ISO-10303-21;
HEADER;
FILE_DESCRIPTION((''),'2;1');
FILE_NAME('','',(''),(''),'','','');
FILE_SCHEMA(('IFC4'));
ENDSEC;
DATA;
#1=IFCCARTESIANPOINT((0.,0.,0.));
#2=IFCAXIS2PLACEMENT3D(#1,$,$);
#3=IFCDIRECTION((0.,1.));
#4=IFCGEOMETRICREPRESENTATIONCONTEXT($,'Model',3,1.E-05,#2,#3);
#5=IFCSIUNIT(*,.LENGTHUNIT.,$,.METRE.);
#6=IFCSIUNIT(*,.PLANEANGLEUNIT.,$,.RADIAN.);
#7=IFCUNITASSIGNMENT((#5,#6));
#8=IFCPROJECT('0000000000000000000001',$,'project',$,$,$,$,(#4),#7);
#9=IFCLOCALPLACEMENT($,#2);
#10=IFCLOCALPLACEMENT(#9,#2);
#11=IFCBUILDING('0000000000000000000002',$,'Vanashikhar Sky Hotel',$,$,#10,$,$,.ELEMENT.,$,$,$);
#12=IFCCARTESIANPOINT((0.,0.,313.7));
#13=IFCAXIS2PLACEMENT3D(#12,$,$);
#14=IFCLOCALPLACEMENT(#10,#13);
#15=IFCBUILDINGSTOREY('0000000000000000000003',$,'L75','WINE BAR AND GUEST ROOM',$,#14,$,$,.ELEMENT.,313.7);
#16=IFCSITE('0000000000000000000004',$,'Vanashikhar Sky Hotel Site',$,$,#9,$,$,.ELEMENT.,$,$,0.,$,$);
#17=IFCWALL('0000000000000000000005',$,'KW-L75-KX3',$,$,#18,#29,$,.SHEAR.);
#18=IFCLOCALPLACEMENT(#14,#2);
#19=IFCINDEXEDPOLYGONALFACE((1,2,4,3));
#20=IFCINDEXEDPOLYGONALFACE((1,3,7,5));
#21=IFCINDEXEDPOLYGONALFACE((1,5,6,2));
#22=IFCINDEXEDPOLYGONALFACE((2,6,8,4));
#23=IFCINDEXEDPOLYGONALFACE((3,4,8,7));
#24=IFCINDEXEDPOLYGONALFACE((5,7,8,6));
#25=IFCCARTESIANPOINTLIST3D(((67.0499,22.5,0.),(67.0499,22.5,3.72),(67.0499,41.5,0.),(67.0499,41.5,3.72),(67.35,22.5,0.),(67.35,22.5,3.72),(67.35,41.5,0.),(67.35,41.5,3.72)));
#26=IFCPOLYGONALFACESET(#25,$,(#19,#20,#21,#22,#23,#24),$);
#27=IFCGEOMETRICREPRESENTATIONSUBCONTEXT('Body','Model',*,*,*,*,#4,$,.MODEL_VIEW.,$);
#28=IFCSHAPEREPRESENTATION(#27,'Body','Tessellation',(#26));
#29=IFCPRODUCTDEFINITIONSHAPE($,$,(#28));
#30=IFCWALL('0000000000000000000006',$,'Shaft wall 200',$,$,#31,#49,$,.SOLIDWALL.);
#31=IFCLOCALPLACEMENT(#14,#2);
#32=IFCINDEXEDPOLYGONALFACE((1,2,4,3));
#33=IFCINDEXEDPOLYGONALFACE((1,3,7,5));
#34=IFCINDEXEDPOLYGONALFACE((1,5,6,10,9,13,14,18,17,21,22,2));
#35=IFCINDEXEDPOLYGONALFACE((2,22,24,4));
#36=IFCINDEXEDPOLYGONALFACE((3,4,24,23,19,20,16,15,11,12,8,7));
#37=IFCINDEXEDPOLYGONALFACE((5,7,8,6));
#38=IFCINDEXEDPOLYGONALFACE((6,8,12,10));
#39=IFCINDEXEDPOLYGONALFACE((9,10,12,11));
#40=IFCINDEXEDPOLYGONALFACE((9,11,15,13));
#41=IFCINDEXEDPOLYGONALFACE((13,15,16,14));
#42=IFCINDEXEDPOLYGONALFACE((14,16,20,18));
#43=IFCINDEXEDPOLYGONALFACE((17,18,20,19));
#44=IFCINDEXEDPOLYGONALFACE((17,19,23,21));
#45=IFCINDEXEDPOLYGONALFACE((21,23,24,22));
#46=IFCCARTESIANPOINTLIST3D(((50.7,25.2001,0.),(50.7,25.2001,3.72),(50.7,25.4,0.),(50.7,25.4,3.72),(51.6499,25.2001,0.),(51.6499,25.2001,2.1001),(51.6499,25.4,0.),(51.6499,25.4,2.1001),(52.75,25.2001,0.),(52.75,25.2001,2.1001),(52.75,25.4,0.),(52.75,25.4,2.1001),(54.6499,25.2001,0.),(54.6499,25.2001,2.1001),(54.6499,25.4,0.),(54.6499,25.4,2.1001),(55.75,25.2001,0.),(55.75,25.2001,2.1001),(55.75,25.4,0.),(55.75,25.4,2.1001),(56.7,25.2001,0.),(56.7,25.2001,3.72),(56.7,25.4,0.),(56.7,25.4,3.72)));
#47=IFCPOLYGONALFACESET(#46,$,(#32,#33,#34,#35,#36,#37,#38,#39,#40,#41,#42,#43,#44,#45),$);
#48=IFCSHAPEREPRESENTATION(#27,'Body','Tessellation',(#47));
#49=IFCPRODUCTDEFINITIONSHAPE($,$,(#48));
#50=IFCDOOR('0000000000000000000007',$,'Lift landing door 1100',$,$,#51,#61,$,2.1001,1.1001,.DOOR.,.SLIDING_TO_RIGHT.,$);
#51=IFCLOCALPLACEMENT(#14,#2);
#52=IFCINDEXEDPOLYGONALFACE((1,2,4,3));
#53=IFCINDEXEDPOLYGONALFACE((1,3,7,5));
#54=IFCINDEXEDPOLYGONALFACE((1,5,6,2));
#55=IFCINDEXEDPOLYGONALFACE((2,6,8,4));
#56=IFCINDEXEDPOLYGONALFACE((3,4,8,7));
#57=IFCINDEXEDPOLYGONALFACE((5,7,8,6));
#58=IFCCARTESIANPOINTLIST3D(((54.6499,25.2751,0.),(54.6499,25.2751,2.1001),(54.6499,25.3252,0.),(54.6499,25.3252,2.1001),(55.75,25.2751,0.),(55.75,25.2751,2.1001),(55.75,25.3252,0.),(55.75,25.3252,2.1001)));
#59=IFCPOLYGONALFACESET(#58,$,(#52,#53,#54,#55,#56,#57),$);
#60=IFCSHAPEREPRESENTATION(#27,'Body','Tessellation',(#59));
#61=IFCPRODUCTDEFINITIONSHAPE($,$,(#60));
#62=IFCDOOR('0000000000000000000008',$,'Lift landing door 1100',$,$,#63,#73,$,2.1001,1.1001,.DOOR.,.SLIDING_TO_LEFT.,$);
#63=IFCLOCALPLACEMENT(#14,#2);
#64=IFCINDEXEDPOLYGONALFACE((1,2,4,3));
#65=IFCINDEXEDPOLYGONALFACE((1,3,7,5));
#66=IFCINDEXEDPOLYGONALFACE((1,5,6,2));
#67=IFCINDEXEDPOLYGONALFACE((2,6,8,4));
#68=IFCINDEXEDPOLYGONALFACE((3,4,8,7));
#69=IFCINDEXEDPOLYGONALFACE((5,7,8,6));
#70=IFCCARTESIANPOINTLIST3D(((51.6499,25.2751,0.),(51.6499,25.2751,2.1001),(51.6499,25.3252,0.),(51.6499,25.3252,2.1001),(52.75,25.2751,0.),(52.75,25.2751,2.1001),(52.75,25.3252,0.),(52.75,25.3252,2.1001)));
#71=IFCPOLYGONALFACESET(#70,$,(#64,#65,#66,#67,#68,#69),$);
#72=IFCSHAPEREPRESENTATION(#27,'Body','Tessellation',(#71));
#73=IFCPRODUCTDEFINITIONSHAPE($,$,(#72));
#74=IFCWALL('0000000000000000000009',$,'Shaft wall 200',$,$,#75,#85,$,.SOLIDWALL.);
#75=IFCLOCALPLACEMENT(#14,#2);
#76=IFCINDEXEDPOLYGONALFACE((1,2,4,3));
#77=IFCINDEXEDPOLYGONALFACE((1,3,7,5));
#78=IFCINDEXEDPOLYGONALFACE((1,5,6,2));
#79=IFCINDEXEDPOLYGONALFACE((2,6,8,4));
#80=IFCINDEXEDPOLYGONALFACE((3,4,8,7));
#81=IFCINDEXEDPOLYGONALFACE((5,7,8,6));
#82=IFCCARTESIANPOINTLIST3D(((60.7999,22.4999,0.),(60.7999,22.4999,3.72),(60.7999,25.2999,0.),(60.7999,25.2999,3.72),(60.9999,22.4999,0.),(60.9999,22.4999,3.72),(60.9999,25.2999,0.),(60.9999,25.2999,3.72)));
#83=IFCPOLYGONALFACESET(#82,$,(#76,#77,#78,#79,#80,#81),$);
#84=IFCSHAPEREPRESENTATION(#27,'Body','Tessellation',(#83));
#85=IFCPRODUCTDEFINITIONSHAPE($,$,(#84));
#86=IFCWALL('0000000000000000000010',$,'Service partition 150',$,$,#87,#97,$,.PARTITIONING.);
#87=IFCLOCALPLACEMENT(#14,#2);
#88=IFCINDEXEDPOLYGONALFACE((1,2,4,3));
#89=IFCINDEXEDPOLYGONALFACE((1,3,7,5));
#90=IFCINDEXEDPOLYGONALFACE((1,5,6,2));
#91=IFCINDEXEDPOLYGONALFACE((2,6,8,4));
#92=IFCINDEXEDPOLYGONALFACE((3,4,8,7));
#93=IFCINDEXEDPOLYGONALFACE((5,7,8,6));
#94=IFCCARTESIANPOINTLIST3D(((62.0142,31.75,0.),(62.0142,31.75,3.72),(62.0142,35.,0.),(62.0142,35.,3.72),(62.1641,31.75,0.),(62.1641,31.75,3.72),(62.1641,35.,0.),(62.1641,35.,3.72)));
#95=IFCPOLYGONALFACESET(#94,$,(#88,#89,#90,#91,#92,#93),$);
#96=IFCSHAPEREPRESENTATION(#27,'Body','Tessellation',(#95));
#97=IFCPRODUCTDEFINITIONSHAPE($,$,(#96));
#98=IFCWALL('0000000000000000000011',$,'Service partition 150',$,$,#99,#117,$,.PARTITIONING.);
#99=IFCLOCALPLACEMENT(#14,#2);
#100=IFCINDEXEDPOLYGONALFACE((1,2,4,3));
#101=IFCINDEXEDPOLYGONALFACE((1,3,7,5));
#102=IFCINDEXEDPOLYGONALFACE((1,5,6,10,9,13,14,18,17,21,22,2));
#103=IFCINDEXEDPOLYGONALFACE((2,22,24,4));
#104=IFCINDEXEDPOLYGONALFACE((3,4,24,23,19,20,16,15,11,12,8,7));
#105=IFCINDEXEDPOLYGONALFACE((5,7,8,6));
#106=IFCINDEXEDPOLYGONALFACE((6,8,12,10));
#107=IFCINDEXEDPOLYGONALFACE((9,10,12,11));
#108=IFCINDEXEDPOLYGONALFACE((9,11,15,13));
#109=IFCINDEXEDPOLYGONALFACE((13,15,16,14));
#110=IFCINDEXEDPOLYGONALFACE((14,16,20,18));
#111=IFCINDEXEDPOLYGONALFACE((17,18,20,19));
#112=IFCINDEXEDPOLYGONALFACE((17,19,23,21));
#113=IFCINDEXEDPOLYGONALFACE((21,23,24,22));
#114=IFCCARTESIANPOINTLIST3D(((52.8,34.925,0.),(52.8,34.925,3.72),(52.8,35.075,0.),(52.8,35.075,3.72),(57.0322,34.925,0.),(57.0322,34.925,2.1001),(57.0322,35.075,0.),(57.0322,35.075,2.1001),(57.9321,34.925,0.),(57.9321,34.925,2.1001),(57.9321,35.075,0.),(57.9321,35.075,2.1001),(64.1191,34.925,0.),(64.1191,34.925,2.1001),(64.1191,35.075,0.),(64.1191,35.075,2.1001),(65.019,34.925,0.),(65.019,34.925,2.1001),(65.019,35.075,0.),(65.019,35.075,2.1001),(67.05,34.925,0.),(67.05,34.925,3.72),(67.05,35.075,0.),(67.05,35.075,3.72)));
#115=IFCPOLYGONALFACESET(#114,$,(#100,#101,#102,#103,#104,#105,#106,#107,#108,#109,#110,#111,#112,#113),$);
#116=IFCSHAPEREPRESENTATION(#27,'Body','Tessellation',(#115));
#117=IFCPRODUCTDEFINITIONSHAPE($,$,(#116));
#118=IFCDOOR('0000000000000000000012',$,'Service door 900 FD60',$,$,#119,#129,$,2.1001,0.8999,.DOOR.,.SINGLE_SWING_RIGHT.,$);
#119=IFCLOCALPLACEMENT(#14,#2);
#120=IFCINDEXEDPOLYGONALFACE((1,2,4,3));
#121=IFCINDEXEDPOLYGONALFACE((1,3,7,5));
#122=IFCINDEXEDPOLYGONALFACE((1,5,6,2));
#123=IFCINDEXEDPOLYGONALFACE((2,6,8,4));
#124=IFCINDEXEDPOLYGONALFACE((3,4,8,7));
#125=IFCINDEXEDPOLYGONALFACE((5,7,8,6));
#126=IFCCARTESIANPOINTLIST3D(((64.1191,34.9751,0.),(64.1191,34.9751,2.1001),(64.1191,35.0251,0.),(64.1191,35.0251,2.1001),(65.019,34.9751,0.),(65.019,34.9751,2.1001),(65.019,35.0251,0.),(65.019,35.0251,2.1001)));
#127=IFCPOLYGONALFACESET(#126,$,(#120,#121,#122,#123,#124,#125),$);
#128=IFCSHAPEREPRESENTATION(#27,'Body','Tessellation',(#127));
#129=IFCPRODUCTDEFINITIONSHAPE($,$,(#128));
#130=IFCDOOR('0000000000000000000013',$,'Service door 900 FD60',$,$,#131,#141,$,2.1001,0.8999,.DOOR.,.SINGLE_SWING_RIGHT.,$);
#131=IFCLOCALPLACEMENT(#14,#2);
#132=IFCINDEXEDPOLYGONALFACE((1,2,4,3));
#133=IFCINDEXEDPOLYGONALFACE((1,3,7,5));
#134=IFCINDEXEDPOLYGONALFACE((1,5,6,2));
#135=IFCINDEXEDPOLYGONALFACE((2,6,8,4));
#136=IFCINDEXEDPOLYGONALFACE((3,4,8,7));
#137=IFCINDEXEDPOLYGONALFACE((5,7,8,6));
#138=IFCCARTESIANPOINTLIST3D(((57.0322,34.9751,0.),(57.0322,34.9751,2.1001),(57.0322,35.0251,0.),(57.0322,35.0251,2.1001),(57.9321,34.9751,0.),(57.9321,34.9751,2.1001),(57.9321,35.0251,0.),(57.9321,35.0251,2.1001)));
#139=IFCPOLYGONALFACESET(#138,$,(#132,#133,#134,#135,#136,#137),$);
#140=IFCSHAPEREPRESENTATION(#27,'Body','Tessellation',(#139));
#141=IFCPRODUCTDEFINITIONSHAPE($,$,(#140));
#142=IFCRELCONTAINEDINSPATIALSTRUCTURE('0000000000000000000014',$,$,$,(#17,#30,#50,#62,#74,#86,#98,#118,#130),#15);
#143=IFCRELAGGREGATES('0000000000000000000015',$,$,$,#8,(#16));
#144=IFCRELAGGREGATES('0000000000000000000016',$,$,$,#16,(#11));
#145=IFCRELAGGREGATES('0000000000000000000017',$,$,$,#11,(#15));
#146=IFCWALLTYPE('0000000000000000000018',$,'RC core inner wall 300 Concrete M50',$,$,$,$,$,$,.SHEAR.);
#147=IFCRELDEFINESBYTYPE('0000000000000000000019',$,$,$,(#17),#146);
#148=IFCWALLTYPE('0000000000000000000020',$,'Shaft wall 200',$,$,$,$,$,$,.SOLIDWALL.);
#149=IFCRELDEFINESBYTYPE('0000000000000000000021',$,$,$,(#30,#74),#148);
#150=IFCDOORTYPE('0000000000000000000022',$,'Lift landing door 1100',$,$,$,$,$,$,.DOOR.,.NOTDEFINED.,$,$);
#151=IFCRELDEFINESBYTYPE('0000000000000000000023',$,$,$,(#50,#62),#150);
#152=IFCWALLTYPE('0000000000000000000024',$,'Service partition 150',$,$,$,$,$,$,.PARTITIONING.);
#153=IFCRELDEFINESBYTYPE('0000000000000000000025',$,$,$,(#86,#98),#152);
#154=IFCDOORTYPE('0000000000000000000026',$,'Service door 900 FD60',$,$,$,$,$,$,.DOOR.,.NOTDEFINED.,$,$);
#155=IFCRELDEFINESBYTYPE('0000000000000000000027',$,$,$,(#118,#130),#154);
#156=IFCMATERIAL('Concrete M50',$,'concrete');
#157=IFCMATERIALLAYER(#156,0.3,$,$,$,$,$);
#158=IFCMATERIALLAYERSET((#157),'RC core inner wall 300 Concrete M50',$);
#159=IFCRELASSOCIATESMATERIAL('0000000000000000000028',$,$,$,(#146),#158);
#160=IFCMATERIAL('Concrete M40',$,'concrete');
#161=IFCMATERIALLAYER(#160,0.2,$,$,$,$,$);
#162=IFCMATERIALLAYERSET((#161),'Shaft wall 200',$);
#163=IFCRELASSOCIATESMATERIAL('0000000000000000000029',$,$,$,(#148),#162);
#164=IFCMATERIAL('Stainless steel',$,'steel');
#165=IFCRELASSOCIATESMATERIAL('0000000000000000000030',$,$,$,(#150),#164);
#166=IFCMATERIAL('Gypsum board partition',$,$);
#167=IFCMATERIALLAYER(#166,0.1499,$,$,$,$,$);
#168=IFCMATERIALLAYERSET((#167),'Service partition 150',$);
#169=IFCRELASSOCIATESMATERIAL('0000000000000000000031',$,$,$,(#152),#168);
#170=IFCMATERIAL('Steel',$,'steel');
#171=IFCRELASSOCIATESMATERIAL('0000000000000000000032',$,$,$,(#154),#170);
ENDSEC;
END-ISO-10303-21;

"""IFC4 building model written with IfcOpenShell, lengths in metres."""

from ifc_helpers import new_model, si_unit, direction, frame, frame_2d, origin, place, context, subcontext, project, spatial, rectangle, extrude, source, transform, mapped, material, layer, layer_set, type_object, element, fill, save


model = new_model("IFC4")

# Units and contexts
model_context = context("Model", 3, precision=1e-05, world=origin(), true_north=direction((0.0, 1.0)))
body_context = subcontext(model_context, "Body", "Model", "MODEL_VIEW")
ifc_project = project(units=[si_unit("LENGTHUNIT", "METRE"), si_unit("PLANEANGLEUNIT", "RADIAN")], contexts=[model_context])

# Site, building, storey
site_placement = place(None, origin())
site = spatial("IfcSite", under=ifc_project, at=site_placement, Name="Vanashikhar Sky Hotel Site", CompositionType="ELEMENT", RefElevation=0.0)
building_placement = place(site_placement, origin())
building = spatial("IfcBuilding", under=site, at=building_placement, Name="Vanashikhar Sky Hotel", CompositionType="ELEMENT")
storey_placement = place(building_placement, frame((0.0, 0.0, 313.7)))
storey = spatial("IfcBuildingStorey", under=building, at=storey_placement, Name="L75", Description="WINE BAR AND GUEST ROOM", CompositionType="ELEMENT", Elevation=313.7)

# Wall
ifc_material_1 = material(Name="Concrete M50", Category="concrete")
ifc_layer_1 = layer(ifc_material_1, 0.3)
ifc_layer_set_1 = layer_set([ifc_layer_1], Name="RC core inner wall 300 Concrete M50")
wall_type_1 = type_object("IfcWallType", Name="RC core inner wall 300 Concrete M50", PredefinedType="SHEAR", material=ifc_layer_set_1)
shared_shape_1 = source(origin(), body_context, "Body", "SweptSolid", [
    extrude(rectangle(XDim=19.0, YDim=0.3, at=frame_2d((9.5, 0.0))), origin(), (0.0, 0.0, 1.0), 3.72),
])
wall_1_placement = place(storey_placement, frame((67.2, 22.5, 0.0), z_axis=(0.0, 0.0, 1.0), x_axis=(0.0, 1.0, 0.0)))
element("IfcWall", 1, at=wall_1_placement, inside=storey, type_object=wall_type_1, Name="KW-L75-KX3", PredefinedType="SHEAR", context=body_context, shape_type="MappedRepresentation", body=[
    mapped(shared_shape_1, transform((0.0, 0.0, 0.0), scale=1.0)),
])

# Wall, openings, doors
ifc_material_2 = material(Name="Concrete M40", Category="concrete")
ifc_layer_2 = layer(ifc_material_2, 0.2)
ifc_layer_set_2 = layer_set([ifc_layer_2], Name="Shaft wall 200")
wall_type_2 = type_object("IfcWallType", Name="Shaft wall 200", PredefinedType="SOLIDWALL", material=ifc_layer_set_2)
shared_shape_2 = source(origin(), body_context, "Body", "SweptSolid", [
    extrude(rectangle(XDim=6.0, YDim=0.2, at=frame_2d((3.0, 0.0))), origin(), (0.0, 0.0, 1.0), 3.72),
])
wall_2_placement = place(storey_placement, frame((56.7, 25.3, 0.0), z_axis=(0.0, 0.0, 1.0), x_axis=(-1.0, 0.0, 0.0)))
wall_2 = element("IfcWall", 2, at=wall_2_placement, inside=storey, type_object=wall_type_2, Name="Shaft wall 200", PredefinedType="SOLIDWALL", context=body_context, shape_type="MappedRepresentation", body=[
    mapped(shared_shape_2, transform((0.0, 0.0, 0.0), scale=1.0)),
])
shared_shape_3 = source(origin(), body_context, "Body", "SweptSolid", [
    extrude(rectangle(XDim=1.1001, YDim=2.1001, at=frame_2d((0.55, 1.05))), frame((0.0, 0.1099, 0.0), z_axis=(0.0, -1.0, 0.0), x_axis=(1.0, 0.0, 0.0)), (0.0, 0.0, 1.0), 0.22),
])
opening_1_placement = place(wall_2_placement, frame((0.95, 0.0, 0.0)))
opening_1 = element("IfcOpeningElement", 3, at=opening_1_placement, cuts=wall_2, PredefinedType="OPENING", context=body_context, shape_type="MappedRepresentation", body=[
    mapped(shared_shape_3, transform((0.0, 0.0, 0.0), scale=1.0)),
])
opening_2_placement = place(wall_2_placement, frame((3.95, 0.0, 0.0)))
opening_2 = element("IfcOpeningElement", 4, at=opening_2_placement, cuts=wall_2, PredefinedType="OPENING", context=body_context, shape_type="MappedRepresentation", body=[
    mapped(shared_shape_3, transform((0.0, 0.0, 0.0), scale=1.0)),
])
ifc_material_3 = material(Name="Stainless steel", Category="steel")
door_type_1 = type_object("IfcDoorType", Name="Lift landing door 1100", OperationType="NOTDEFINED", PredefinedType="DOOR", material=ifc_material_3)
shared_shape_4 = source(origin(), body_context, "Body", "SweptSolid", [
    extrude(rectangle(XDim=1.1001, YDim=2.1001, at=frame_2d((0.55, 1.05))), frame((0.0, 0.0249, 0.0), z_axis=(0.0, -1.0, 0.0), x_axis=(1.0, 0.0, 0.0)), (0.0, 0.0, 1.0), 0.05),
])
door_1_placement = place(opening_1_placement, origin())
door_1 = element("IfcDoor", 5, at=door_1_placement, inside=storey, type_object=door_type_1, Name="Lift landing door 1100", OperationType="SLIDING_TO_RIGHT", OverallHeight=2.1001, OverallWidth=1.1001, PredefinedType="DOOR", context=body_context, shape_type="MappedRepresentation", body=[
    mapped(shared_shape_4, transform((0.0, 0.0, 0.0), scale=1.0)),
])
fill(opening_1, door_1)
door_2_placement = place(opening_2_placement, origin())
door_2 = element("IfcDoor", 6, at=door_2_placement, inside=storey, type_object=door_type_1, Name="Lift landing door 1100", OperationType="SLIDING_TO_LEFT", OverallHeight=2.1001, OverallWidth=1.1001, PredefinedType="DOOR", context=body_context, shape_type="MappedRepresentation", body=[
    mapped(shared_shape_4, transform((0.0, 0.0, 0.0), scale=1.0)),
])
fill(opening_2, door_2)

# Walls
shared_shape_5 = source(origin(), body_context, "Body", "SweptSolid", [
    extrude(rectangle(XDim=2.8, YDim=0.2, at=frame_2d((1.3999, 0.0))), origin(), (0.0, 0.0, 1.0), 3.72),
])
wall_3_placement = place(storey_placement, frame((60.8999, 22.5, 0.0), z_axis=(0.0, 0.0, 1.0), x_axis=(0.0, 1.0, 0.0)))
element("IfcWall", 7, at=wall_3_placement, inside=storey, type_object=wall_type_2, Name="Shaft wall 200", PredefinedType="SOLIDWALL", context=body_context, shape_type="MappedRepresentation", body=[
    mapped(shared_shape_5, transform((0.0, 0.0, 0.0), scale=1.0)),
])
ifc_material_4 = material(Name="Gypsum board partition")
ifc_layer_3 = layer(ifc_material_4, 0.1499)
ifc_layer_set_3 = layer_set([ifc_layer_3], Name="Service partition 150")
wall_type_3 = type_object("IfcWallType", Name="Service partition 150", PredefinedType="PARTITIONING", material=ifc_layer_set_3)
shared_shape_6 = source(origin(), body_context, "Body", "SweptSolid", [
    extrude(rectangle(XDim=3.25, YDim=0.1499, at=frame_2d((1.625, 0.0))), origin(), (0.0, 0.0, 1.0), 3.72),
])
wall_4_placement = place(storey_placement, frame((62.0891, 31.75, 0.0), z_axis=(0.0, 0.0, 1.0), x_axis=(0.0, 1.0, 0.0)))
element("IfcWall", 8, at=wall_4_placement, inside=storey, type_object=wall_type_3, Name="Service partition 150", PredefinedType="PARTITIONING", context=body_context, shape_type="MappedRepresentation", body=[
    mapped(shared_shape_6, transform((0.0, 0.0, 0.0), scale=1.0)),
])

# Wall, openings, doors
shared_shape_7 = source(origin(), body_context, "Body", "SweptSolid", [
    extrude(rectangle(XDim=14.25, YDim=0.1499, at=frame_2d((7.125, 0.0))), origin(), (0.0, 0.0, 1.0), 3.72),
])
wall_5_placement = place(storey_placement, frame((67.05, 35.0, 0.0), z_axis=(0.0, 0.0, 1.0), x_axis=(-1.0, 0.0, 0.0)))
wall_5 = element("IfcWall", 9, at=wall_5_placement, inside=storey, type_object=wall_type_3, Name="Service partition 150", PredefinedType="PARTITIONING", context=body_context, shape_type="MappedRepresentation", body=[
    mapped(shared_shape_7, transform((0.0, 0.0, 0.0), scale=1.0)),
])
shared_shape_8 = source(origin(), body_context, "Body", "SweptSolid", [
    extrude(rectangle(XDim=0.8999, YDim=2.1001, at=frame_2d((0.45, 1.05))), frame((0.0, 0.085, 0.0), z_axis=(0.0, -1.0, 0.0), x_axis=(1.0, 0.0, 0.0)), (0.0, 0.0, 1.0), 0.1699),
])
opening_3_placement = place(wall_5_placement, frame((2.031, 0.0, 0.0)))
opening_3 = element("IfcOpeningElement", 10, at=opening_3_placement, cuts=wall_5, PredefinedType="OPENING", context=body_context, shape_type="MappedRepresentation", body=[
    mapped(shared_shape_8, transform((0.0, 0.0, 0.0), scale=1.0)),
])
opening_4_placement = place(wall_5_placement, frame((9.1179, 0.0, 0.0)))
opening_4 = element("IfcOpeningElement", 11, at=opening_4_placement, cuts=wall_5, PredefinedType="OPENING", context=body_context, shape_type="MappedRepresentation", body=[
    mapped(shared_shape_8, transform((0.0, 0.0, 0.0), scale=1.0)),
])
ifc_material_5 = material(Name="Steel", Category="steel")
door_type_2 = type_object("IfcDoorType", Name="Service door 900 FD60", OperationType="NOTDEFINED", PredefinedType="DOOR", material=ifc_material_5)
shared_shape_9 = source(origin(), body_context, "Body", "SweptSolid", [
    extrude(rectangle(XDim=0.8999, YDim=2.1001, at=frame_2d((0.45, 1.05))), frame((0.0, 0.0249, 0.0), z_axis=(0.0, -1.0, 0.0), x_axis=(1.0, 0.0, 0.0)), (0.0, 0.0, 1.0), 0.05),
])
door_3_placement = place(opening_3_placement, origin())
door_3 = element("IfcDoor", 12, at=door_3_placement, inside=storey, type_object=door_type_2, Name="Service door 900 FD60", OperationType="SINGLE_SWING_RIGHT", OverallHeight=2.1001, OverallWidth=0.8999, PredefinedType="DOOR", context=body_context, shape_type="MappedRepresentation", body=[
    mapped(shared_shape_9, transform((0.0, 0.0, 0.0), scale=1.0)),
])
fill(opening_3, door_3)
door_4_placement = place(opening_4_placement, origin())
door_4 = element("IfcDoor", 13, at=door_4_placement, inside=storey, type_object=door_type_2, Name="Service door 900 FD60", OperationType="SINGLE_SWING_RIGHT", OverallHeight=2.1001, OverallWidth=0.8999, PredefinedType="DOOR", context=body_context, shape_type="MappedRepresentation", body=[
    mapped(shared_shape_9, transform((0.0, 0.0, 0.0), scale=1.0)),
])
fill(opening_4, door_4)

save(model, "model.ifc")
